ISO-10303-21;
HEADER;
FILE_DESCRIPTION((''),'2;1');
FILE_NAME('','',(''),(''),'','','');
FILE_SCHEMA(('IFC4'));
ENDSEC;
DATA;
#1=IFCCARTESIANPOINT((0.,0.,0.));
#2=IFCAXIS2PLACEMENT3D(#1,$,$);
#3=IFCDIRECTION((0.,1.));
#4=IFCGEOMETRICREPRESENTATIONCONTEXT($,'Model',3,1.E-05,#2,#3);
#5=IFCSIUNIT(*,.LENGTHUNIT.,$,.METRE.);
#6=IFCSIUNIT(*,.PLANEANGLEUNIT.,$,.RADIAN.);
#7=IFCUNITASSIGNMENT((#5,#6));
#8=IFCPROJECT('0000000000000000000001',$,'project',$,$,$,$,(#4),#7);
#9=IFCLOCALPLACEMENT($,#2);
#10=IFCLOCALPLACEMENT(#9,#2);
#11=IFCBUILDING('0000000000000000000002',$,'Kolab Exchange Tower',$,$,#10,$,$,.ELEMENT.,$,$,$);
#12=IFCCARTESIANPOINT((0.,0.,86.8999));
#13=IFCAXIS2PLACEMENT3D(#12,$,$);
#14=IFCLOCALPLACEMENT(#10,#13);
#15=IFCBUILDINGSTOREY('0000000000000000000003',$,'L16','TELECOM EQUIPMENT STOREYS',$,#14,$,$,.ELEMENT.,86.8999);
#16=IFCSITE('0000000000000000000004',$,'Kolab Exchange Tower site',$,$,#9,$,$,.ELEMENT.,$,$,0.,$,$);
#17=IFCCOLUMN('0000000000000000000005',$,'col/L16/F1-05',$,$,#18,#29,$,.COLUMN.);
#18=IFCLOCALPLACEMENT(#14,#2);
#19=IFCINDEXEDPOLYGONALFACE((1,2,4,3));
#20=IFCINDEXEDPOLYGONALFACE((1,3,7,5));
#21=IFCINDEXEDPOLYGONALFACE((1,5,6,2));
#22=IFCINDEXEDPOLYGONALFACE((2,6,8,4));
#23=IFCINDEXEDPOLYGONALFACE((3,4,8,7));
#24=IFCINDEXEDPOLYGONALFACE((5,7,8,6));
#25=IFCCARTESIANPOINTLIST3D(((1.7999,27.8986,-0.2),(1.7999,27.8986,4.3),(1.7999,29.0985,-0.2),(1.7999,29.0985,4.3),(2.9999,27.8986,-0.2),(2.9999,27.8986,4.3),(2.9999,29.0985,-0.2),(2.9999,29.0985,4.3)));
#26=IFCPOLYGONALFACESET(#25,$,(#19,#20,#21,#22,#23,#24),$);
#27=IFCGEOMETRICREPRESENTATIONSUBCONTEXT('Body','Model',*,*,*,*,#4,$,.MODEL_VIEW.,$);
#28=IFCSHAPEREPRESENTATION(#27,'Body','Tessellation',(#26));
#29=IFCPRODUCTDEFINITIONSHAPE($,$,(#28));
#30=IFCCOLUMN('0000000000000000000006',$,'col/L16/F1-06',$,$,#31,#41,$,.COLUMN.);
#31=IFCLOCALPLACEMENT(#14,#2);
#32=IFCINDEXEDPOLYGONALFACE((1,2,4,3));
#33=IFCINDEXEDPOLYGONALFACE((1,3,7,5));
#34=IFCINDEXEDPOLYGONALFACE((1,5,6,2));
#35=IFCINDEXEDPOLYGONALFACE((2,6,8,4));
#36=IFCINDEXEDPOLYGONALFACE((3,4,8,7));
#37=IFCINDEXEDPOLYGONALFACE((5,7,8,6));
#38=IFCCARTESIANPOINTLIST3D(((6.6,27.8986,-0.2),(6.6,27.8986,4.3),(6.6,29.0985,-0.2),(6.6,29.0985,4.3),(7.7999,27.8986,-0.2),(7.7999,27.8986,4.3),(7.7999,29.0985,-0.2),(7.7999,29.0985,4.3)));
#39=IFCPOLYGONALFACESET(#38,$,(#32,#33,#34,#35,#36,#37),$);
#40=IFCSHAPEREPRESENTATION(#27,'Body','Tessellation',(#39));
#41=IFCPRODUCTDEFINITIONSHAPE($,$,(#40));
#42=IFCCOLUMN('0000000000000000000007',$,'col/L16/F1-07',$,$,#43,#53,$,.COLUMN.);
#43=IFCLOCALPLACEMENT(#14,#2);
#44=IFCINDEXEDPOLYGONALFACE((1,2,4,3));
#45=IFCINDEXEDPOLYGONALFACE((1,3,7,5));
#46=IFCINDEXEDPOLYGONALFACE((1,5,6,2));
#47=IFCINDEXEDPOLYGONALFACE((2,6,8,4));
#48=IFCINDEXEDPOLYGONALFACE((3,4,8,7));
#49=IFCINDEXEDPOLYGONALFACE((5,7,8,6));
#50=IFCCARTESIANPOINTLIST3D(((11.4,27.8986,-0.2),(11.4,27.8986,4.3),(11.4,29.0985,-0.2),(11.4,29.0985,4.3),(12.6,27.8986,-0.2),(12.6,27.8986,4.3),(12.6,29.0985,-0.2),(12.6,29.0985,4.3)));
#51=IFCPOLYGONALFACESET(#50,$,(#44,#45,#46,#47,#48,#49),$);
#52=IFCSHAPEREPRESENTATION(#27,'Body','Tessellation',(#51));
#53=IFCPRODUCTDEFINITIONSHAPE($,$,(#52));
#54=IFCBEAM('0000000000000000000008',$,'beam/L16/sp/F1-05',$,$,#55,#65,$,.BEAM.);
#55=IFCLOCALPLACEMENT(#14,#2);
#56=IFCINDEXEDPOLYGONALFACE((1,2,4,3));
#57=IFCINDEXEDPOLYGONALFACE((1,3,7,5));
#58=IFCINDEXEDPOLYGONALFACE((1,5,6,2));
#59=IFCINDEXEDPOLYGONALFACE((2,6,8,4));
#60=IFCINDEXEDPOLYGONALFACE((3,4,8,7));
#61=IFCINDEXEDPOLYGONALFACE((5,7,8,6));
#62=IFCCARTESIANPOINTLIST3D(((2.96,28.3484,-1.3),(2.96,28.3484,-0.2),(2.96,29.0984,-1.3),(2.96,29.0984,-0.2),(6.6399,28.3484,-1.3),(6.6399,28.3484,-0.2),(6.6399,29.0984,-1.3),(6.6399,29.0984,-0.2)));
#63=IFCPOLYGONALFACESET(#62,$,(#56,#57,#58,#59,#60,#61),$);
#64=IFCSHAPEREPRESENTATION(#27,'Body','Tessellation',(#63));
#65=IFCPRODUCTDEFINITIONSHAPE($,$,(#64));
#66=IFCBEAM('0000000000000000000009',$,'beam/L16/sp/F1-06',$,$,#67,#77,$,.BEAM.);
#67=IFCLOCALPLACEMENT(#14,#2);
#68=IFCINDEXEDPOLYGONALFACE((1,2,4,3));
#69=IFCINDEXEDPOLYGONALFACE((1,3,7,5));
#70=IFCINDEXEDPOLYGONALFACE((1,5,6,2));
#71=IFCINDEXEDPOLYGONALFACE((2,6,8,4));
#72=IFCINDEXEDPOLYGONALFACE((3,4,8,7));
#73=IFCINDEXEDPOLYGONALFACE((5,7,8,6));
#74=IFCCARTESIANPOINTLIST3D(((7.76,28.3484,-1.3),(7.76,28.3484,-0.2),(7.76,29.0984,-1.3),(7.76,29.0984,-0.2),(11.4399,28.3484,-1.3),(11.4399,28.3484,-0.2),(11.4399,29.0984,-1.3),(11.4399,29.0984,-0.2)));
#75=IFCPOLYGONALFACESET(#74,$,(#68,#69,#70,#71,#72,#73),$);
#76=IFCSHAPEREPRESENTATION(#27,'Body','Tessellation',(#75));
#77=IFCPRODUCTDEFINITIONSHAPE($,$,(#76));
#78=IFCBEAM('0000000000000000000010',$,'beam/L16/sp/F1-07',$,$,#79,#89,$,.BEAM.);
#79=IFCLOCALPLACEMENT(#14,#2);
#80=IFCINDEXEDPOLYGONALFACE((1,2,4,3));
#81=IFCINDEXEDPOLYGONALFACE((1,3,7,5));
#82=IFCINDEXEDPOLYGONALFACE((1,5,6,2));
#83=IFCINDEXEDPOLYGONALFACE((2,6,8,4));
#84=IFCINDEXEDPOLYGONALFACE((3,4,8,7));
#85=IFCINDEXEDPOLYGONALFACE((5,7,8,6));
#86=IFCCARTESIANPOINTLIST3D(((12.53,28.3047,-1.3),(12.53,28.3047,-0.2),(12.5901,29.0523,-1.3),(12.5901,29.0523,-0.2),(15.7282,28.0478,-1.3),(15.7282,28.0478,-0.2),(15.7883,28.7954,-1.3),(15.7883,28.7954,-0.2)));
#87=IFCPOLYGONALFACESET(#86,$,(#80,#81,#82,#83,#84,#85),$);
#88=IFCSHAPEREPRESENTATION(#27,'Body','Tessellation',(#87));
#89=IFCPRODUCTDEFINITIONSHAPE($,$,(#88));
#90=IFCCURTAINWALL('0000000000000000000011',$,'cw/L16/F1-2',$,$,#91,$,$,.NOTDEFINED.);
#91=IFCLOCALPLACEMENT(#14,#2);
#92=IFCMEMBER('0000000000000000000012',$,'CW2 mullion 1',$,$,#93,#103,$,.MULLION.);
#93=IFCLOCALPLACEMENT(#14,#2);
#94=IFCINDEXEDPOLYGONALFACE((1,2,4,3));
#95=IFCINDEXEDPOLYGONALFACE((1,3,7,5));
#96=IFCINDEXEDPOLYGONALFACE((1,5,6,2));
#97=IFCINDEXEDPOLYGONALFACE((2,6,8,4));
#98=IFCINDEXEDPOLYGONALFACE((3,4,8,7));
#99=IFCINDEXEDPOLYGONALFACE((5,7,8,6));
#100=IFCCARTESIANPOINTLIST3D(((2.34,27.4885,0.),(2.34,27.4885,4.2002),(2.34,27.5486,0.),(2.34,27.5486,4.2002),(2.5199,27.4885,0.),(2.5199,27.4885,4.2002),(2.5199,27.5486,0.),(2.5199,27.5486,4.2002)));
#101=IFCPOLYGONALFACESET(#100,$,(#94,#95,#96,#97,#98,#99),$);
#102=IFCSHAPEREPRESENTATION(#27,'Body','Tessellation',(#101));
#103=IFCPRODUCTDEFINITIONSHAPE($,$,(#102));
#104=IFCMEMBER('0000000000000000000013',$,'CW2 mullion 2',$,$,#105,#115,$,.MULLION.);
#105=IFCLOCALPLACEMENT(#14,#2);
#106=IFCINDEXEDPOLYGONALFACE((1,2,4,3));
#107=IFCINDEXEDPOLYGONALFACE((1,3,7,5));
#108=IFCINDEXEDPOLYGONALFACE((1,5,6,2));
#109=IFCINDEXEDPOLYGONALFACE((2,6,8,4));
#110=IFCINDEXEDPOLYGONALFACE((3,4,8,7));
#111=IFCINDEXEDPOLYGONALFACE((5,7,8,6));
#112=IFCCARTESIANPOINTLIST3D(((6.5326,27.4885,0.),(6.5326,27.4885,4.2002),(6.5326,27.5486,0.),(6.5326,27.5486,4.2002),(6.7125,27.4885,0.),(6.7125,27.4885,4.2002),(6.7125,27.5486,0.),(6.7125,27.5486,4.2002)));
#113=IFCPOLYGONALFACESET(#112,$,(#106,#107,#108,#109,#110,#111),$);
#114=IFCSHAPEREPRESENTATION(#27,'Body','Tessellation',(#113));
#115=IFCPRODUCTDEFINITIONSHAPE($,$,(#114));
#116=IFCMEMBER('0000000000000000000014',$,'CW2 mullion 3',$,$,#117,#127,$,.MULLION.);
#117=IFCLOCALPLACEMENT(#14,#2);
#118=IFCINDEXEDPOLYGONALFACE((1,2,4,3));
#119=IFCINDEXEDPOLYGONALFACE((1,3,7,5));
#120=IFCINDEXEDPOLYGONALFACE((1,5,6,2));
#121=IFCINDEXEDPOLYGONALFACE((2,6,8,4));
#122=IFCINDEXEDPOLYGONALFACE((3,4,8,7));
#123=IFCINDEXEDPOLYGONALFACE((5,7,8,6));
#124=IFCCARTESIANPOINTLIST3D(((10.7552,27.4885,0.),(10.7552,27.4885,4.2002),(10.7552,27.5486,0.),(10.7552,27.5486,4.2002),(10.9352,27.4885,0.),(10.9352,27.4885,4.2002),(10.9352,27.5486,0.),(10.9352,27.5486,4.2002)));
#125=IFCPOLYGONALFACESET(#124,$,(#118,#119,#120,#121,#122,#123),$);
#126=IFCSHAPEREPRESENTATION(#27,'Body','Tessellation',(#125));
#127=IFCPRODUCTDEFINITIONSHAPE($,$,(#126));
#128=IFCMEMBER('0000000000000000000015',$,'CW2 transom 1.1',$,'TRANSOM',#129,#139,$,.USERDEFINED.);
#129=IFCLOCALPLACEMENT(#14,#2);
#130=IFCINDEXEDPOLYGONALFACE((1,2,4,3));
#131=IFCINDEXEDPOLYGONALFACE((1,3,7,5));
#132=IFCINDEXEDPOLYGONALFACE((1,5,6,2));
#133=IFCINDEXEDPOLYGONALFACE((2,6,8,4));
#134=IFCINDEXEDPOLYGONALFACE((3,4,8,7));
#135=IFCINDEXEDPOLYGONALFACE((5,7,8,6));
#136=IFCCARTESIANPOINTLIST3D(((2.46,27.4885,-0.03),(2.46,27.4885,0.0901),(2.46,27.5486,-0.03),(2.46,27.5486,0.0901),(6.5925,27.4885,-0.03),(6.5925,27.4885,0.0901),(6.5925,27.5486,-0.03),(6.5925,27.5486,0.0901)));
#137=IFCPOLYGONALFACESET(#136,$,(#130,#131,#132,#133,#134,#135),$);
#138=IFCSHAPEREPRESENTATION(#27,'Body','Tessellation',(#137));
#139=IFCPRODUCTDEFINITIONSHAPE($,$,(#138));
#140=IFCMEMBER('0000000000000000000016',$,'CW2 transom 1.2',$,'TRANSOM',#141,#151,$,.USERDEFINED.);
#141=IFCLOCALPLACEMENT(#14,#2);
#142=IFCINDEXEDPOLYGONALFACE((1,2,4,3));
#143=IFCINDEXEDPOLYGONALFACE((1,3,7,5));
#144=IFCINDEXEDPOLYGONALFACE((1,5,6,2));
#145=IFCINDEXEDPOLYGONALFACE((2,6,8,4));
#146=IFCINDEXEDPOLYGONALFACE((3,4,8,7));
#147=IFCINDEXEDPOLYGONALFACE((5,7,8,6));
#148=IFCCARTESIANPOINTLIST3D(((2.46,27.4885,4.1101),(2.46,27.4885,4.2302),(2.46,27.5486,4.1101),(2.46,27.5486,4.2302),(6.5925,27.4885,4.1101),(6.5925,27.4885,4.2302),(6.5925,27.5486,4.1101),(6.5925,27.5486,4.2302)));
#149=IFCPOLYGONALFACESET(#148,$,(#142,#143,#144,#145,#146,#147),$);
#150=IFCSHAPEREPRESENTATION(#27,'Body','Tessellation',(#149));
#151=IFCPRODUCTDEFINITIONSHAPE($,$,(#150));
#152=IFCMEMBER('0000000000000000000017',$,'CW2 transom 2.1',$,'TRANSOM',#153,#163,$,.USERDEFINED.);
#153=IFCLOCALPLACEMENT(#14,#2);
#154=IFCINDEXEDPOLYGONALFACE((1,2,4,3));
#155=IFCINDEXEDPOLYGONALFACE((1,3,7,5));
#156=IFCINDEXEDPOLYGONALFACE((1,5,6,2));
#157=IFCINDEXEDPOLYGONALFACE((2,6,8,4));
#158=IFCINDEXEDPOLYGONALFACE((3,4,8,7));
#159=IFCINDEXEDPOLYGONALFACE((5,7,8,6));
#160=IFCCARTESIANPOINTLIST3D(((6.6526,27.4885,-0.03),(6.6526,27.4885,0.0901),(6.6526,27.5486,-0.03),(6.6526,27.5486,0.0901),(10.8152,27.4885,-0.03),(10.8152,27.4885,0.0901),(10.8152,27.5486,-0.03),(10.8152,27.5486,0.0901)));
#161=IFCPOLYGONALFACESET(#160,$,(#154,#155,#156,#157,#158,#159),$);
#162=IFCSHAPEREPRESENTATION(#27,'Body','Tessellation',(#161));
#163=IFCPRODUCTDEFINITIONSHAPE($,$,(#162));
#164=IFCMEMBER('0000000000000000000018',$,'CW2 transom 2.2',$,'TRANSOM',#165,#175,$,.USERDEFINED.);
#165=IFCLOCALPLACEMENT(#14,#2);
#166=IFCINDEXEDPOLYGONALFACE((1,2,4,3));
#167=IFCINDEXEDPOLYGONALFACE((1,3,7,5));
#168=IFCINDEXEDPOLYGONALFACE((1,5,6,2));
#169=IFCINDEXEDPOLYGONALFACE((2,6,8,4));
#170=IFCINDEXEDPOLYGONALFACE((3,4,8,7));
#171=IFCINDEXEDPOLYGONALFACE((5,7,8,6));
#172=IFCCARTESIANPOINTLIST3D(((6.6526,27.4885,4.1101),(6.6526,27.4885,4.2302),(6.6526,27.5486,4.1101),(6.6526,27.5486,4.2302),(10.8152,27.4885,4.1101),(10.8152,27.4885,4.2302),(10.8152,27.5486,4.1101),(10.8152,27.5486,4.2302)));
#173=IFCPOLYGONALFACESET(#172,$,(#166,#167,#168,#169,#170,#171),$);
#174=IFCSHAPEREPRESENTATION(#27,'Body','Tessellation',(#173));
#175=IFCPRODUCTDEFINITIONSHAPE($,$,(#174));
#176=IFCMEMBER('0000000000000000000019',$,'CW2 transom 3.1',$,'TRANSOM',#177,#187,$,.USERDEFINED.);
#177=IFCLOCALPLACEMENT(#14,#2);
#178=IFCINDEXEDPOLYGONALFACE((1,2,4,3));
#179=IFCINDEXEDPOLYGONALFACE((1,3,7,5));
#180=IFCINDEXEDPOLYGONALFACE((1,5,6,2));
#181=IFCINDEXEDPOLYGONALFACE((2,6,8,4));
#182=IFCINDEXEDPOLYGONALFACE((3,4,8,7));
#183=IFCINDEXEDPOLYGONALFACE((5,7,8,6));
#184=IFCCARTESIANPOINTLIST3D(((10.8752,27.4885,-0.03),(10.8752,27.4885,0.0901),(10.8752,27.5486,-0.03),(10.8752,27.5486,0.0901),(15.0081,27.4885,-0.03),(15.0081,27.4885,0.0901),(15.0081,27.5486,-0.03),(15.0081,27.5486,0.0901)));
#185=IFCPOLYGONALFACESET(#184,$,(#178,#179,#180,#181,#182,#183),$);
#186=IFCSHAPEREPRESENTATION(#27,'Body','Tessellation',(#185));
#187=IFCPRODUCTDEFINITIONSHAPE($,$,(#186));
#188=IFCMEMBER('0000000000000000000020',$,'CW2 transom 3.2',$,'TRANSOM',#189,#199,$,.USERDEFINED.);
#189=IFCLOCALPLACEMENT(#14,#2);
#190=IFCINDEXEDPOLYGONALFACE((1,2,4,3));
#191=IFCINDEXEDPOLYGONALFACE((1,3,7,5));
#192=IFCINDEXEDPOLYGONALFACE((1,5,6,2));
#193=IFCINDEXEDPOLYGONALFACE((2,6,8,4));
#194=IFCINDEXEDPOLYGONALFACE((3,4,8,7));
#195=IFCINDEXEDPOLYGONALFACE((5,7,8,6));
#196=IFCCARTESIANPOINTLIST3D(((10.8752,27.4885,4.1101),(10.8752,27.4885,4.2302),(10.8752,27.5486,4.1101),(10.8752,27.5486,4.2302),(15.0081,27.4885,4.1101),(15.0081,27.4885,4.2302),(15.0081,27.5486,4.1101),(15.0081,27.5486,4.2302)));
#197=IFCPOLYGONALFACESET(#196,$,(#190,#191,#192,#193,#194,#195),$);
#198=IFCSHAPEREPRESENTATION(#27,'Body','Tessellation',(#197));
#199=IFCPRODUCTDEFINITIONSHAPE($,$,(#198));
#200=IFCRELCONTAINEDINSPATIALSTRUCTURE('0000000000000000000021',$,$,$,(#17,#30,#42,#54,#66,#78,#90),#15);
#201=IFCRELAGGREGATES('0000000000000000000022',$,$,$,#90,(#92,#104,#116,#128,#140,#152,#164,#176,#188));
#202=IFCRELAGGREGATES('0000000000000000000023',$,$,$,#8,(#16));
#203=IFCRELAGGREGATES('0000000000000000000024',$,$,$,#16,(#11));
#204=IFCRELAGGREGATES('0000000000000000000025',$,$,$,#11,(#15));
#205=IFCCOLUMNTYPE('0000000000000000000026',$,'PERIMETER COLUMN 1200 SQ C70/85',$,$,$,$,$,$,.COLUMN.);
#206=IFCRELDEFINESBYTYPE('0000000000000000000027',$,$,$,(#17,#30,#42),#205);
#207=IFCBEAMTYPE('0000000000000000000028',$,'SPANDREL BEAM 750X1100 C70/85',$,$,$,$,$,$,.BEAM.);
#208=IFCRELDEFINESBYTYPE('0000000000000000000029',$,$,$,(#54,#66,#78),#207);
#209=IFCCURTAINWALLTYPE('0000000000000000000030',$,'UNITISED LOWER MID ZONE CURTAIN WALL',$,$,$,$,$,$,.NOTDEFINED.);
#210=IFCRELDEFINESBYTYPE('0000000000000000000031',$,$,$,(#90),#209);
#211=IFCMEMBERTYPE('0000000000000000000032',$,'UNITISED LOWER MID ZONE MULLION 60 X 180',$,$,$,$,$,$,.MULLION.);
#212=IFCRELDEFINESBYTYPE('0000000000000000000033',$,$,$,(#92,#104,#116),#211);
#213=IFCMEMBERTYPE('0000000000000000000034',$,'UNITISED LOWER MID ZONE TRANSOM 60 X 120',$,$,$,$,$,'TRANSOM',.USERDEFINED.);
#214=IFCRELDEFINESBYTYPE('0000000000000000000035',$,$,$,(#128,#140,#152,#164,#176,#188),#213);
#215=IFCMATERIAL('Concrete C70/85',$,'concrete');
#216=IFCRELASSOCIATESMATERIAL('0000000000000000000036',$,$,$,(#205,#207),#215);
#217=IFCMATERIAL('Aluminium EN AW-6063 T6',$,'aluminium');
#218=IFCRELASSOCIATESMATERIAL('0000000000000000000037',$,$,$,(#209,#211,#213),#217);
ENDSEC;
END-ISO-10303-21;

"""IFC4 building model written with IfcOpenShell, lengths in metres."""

from ifc_helpers import new_model, si_unit, direction, frame, origin, origin_2d, place, context, subcontext, project, spatial, rectangle, extrude, material, material_profile, profile_set, type_object, element, aggregate, save


model = new_model("IFC4")

# Units and contexts
model_context = context("Model", 3, precision=1e-05, world=origin(), true_north=direction((0.0, 1.0)))
body_context = subcontext(model_context, "Body", "Model", "MODEL_VIEW")
ifc_project = project(units=[si_unit("LENGTHUNIT", "METRE"), si_unit("PLANEANGLEUNIT", "RADIAN")], contexts=[model_context])

# Site, building, storey
site_placement = place(None, origin())
site = spatial("IfcSite", under=ifc_project, at=site_placement, Name="Kolab Exchange Tower site", CompositionType="ELEMENT", RefElevation=0.0)
building_placement = place(site_placement, origin())
building = spatial("IfcBuilding", under=site, at=building_placement, Name="Kolab Exchange Tower", CompositionType="ELEMENT")
storey_placement = place(building_placement, frame((0.0, 0.0, 86.8999)))
storey = spatial("IfcBuildingStorey", under=building, at=storey_placement, Name="L16", Description="TELECOM EQUIPMENT STOREYS", CompositionType="ELEMENT", Elevation=86.8999)

# Columns
ifc_material_1 = material(Name="Concrete C70/85", Category="concrete")
ifc_material_profile_1 = material_profile(ifc_material_1, rectangle(XDim=1.2, YDim=1.2, at=origin_2d()), Name="RC1200")
ifc_profile_set_1 = profile_set([ifc_material_profile_1], Name="Concrete C70/85")
column_type = type_object("IfcColumnType", Name="PERIMETER COLUMN 1200 SQ C70/85", PredefinedType="COLUMN", material=ifc_profile_set_1)
for number, where, z_axis, x_axis, name in (
    (1, (2.3999, 28.4985, -0.2), (0.0, 0.0, 1.0), (1.0, 0.0, 0.0), "col/L16/F1-05"),
    (2, (7.2, 28.4985, -0.2), (0.0, 0.0, 1.0), (1.0, 0.0, 0.0), "col/L16/F1-06"),
    (3, (12.0, 28.4985, -0.2), (0.0, 0.0, 1.0), (1.0, 0.0, 0.0), "col/L16/F1-07"),
):
    element("IfcColumn", number, at=place(storey_placement, frame(where, z_axis=z_axis, x_axis=x_axis)), inside=storey, type_object=column_type, Name=name, PredefinedType="COLUMN", context=body_context, shape_type="SweptSolid", body=[
        extrude(rectangle(XDim=1.2, YDim=1.2, at=origin_2d()), origin(), (0.0, 0.0, 1.0), 4.5),
    ])

# Beams
ifc_material_profile_2 = material_profile(ifc_material_1, rectangle(XDim=0.75, YDim=1.1001, at=origin_2d()), Name="RC750X1100")
ifc_profile_set_2 = profile_set([ifc_material_profile_2], Name="Concrete C70/85")
beam_type = type_object("IfcBeamType", Name="SPANDREL BEAM 750X1100 C70/85", PredefinedType="BEAM", material=ifc_profile_set_2)
for number, where, z_axis, x_axis, name in (
    (4, (2.96, 28.7234, -0.75), (1.0, 0.0, 0.0), (0.0, 1.0, 0.0), "beam/L16/sp/F1-05"),
    (5, (7.76, 28.7234, -0.75), (1.0, 0.0, 0.0), (0.0, 1.0, 0.0), "beam/L16/sp/F1-06"),
):
    element("IfcBeam", number, at=place(storey_placement, frame(where, z_axis=z_axis, x_axis=x_axis)), inside=storey, type_object=beam_type, Name=name, PredefinedType="BEAM", context=body_context, shape_type="SweptSolid", body=[
        extrude(rectangle(XDim=0.75, YDim=1.1001, at=origin_2d()), origin(), (0.0, 0.0, 1.0), 3.6799),
    ])
beam_placement = place(storey_placement, frame((12.5601, 28.6785, -0.75), z_axis=(0.996791, -0.080048, 0.0), x_axis=(0.080048, 0.996791, 0.0)))
element("IfcBeam", 6, at=beam_placement, inside=storey, type_object=beam_type, Name="beam/L16/sp/F1-07", PredefinedType="BEAM", context=body_context, shape_type="SweptSolid", body=[
    extrude(rectangle(XDim=0.75, YDim=1.1001, at=origin_2d()), origin(), (0.0, 0.0, 1.0), 3.2085),
])

# Curtain wall, members
ifc_material_2 = material(Name="Aluminium EN AW-6063 T6", Category="aluminium")
curtain_wall_type = type_object("IfcCurtainWallType", Name="UNITISED LOWER MID ZONE CURTAIN WALL", PredefinedType="NOTDEFINED", material=ifc_material_2)
curtain_wall_placement = place(storey_placement, origin())
curtain_wall = element("IfcCurtainWall", 7, at=curtain_wall_placement, inside=storey, type_object=curtain_wall_type, Name="cw/L16/F1-2", PredefinedType="NOTDEFINED")
ifc_material_profile_3 = material_profile(ifc_material_2, rectangle(XDim=0.0601, YDim=0.1799, at=origin_2d()), Name="RECT 60X180")
ifc_profile_set_3 = profile_set([ifc_material_profile_3], Name="Aluminium EN AW-6063 T6")
member_type_1 = type_object("IfcMemberType", Name="UNITISED LOWER MID ZONE MULLION 60 X 180", PredefinedType="MULLION", material=ifc_profile_set_3)
member_1_placement = place(storey_placement, frame((2.4299, 27.5186, 0.0), z_axis=(0.0, 0.0, 1.0), x_axis=(0.0, 1.0, 0.0)))
member_1 = element("IfcMember", 8, at=member_1_placement, type_object=member_type_1, Name="CW2 mullion 1", PredefinedType="MULLION", context=body_context, shape_type="SweptSolid", body=[
    extrude(rectangle(XDim=0.0601, YDim=0.1799, at=origin_2d()), origin(), (0.0, 0.0, 1.0), 4.2002),
])
member_2_placement = place(storey_placement, frame((6.6226, 27.5186, 0.0), z_axis=(0.0, 0.0, 1.0), x_axis=(0.0, 1.0, 0.0)))
member_2 = element("IfcMember", 9, at=member_2_placement, type_object=member_type_1, Name="CW2 mullion 2", PredefinedType="MULLION", context=body_context, shape_type="SweptSolid", body=[
    extrude(rectangle(XDim=0.0601, YDim=0.1799, at=origin_2d()), origin(), (0.0, 0.0, 1.0), 4.2002),
])
member_3_placement = place(storey_placement, frame((10.8452, 27.5186, 0.0), z_axis=(0.0, 0.0, 1.0), x_axis=(0.0, 1.0, 0.0)))
member_3 = element("IfcMember", 10, at=member_3_placement, type_object=member_type_1, Name="CW2 mullion 3", PredefinedType="MULLION", context=body_context, shape_type="SweptSolid", body=[
    extrude(rectangle(XDim=0.0601, YDim=0.1799, at=origin_2d()), origin(), (0.0, 0.0, 1.0), 4.2002),
])
ifc_material_profile_4 = material_profile(ifc_material_2, rectangle(XDim=0.0601, YDim=0.1201, at=origin_2d()), Name="RECT 60X120")
ifc_profile_set_4 = profile_set([ifc_material_profile_4], Name="Aluminium EN AW-6063 T6")
member_type_2 = type_object("IfcMemberType", Name="UNITISED LOWER MID ZONE TRANSOM 60 X 120", ElementType="TRANSOM", PredefinedType="USERDEFINED", material=ifc_profile_set_4)
member_4_placement = place(storey_placement, frame((2.46, 27.5186, 0.03), z_axis=(1.0, 0.0, 0.0), x_axis=(0.0, 1.0, 0.0)))
member_4 = element("IfcMember", 11, at=member_4_placement, type_object=member_type_2, Name="CW2 transom 1.1", ObjectType="TRANSOM", PredefinedType="USERDEFINED", context=body_context, shape_type="SweptSolid", body=[
    extrude(rectangle(XDim=0.0601, YDim=0.1201, at=origin_2d()), origin(), (0.0, 0.0, 1.0), 4.1326),
])
member_5_placement = place(storey_placement, frame((2.46, 27.5186, 4.1702), z_axis=(1.0, 0.0, 0.0), x_axis=(0.0, 1.0, 0.0)))
member_5 = element("IfcMember", 12, at=member_5_placement, type_object=member_type_2, Name="CW2 transom 1.2", ObjectType="TRANSOM", PredefinedType="USERDEFINED", context=body_context, shape_type="SweptSolid", body=[
    extrude(rectangle(XDim=0.0601, YDim=0.1201, at=origin_2d()), origin(), (0.0, 0.0, 1.0), 4.1326),
])
member_6_placement = place(storey_placement, frame((6.6526, 27.5186, 0.03), z_axis=(1.0, 0.0, 0.0), x_axis=(0.0, 1.0, 0.0)))
member_6 = element("IfcMember", 13, at=member_6_placement, type_object=member_type_2, Name="CW2 transom 2.1", ObjectType="TRANSOM", PredefinedType="USERDEFINED", context=body_context, shape_type="SweptSolid", body=[
    extrude(rectangle(XDim=0.0601, YDim=0.1201, at=origin_2d()), origin(), (0.0, 0.0, 1.0), 4.1626),
])
member_7_placement = place(storey_placement, frame((6.6526, 27.5186, 4.1702), z_axis=(1.0, 0.0, 0.0), x_axis=(0.0, 1.0, 0.0)))
member_7 = element("IfcMember", 14, at=member_7_placement, type_object=member_type_2, Name="CW2 transom 2.2", ObjectType="TRANSOM", PredefinedType="USERDEFINED", context=body_context, shape_type="SweptSolid", body=[
    extrude(rectangle(XDim=0.0601, YDim=0.1201, at=origin_2d()), origin(), (0.0, 0.0, 1.0), 4.1626),
])
member_8_placement = place(storey_placement, frame((10.8752, 27.5186, 0.03), z_axis=(1.0, 0.0, 0.0), x_axis=(0.0, 1.0, 0.0)))
member_8 = element("IfcMember", 15, at=member_8_placement, type_object=member_type_2, Name="CW2 transom 3.1", ObjectType="TRANSOM", PredefinedType="USERDEFINED", context=body_context, shape_type="SweptSolid", body=[
    extrude(rectangle(XDim=0.0601, YDim=0.1201, at=origin_2d()), origin(), (0.0, 0.0, 1.0), 4.1328),
])
member_9_placement = place(storey_placement, frame((10.8752, 27.5186, 4.1702), z_axis=(1.0, 0.0, 0.0), x_axis=(0.0, 1.0, 0.0)))
member_9 = element("IfcMember", 16, at=member_9_placement, type_object=member_type_2, Name="CW2 transom 3.2", ObjectType="TRANSOM", PredefinedType="USERDEFINED", context=body_context, shape_type="SweptSolid", body=[
    extrude(rectangle(XDim=0.0601, YDim=0.1201, at=origin_2d()), origin(), (0.0, 0.0, 1.0), 4.1328),
])
aggregate(curtain_wall, [member_1, member_2, member_3, member_4, member_5, member_6, member_7, member_8, member_9])

save(model, "model.ifc")
